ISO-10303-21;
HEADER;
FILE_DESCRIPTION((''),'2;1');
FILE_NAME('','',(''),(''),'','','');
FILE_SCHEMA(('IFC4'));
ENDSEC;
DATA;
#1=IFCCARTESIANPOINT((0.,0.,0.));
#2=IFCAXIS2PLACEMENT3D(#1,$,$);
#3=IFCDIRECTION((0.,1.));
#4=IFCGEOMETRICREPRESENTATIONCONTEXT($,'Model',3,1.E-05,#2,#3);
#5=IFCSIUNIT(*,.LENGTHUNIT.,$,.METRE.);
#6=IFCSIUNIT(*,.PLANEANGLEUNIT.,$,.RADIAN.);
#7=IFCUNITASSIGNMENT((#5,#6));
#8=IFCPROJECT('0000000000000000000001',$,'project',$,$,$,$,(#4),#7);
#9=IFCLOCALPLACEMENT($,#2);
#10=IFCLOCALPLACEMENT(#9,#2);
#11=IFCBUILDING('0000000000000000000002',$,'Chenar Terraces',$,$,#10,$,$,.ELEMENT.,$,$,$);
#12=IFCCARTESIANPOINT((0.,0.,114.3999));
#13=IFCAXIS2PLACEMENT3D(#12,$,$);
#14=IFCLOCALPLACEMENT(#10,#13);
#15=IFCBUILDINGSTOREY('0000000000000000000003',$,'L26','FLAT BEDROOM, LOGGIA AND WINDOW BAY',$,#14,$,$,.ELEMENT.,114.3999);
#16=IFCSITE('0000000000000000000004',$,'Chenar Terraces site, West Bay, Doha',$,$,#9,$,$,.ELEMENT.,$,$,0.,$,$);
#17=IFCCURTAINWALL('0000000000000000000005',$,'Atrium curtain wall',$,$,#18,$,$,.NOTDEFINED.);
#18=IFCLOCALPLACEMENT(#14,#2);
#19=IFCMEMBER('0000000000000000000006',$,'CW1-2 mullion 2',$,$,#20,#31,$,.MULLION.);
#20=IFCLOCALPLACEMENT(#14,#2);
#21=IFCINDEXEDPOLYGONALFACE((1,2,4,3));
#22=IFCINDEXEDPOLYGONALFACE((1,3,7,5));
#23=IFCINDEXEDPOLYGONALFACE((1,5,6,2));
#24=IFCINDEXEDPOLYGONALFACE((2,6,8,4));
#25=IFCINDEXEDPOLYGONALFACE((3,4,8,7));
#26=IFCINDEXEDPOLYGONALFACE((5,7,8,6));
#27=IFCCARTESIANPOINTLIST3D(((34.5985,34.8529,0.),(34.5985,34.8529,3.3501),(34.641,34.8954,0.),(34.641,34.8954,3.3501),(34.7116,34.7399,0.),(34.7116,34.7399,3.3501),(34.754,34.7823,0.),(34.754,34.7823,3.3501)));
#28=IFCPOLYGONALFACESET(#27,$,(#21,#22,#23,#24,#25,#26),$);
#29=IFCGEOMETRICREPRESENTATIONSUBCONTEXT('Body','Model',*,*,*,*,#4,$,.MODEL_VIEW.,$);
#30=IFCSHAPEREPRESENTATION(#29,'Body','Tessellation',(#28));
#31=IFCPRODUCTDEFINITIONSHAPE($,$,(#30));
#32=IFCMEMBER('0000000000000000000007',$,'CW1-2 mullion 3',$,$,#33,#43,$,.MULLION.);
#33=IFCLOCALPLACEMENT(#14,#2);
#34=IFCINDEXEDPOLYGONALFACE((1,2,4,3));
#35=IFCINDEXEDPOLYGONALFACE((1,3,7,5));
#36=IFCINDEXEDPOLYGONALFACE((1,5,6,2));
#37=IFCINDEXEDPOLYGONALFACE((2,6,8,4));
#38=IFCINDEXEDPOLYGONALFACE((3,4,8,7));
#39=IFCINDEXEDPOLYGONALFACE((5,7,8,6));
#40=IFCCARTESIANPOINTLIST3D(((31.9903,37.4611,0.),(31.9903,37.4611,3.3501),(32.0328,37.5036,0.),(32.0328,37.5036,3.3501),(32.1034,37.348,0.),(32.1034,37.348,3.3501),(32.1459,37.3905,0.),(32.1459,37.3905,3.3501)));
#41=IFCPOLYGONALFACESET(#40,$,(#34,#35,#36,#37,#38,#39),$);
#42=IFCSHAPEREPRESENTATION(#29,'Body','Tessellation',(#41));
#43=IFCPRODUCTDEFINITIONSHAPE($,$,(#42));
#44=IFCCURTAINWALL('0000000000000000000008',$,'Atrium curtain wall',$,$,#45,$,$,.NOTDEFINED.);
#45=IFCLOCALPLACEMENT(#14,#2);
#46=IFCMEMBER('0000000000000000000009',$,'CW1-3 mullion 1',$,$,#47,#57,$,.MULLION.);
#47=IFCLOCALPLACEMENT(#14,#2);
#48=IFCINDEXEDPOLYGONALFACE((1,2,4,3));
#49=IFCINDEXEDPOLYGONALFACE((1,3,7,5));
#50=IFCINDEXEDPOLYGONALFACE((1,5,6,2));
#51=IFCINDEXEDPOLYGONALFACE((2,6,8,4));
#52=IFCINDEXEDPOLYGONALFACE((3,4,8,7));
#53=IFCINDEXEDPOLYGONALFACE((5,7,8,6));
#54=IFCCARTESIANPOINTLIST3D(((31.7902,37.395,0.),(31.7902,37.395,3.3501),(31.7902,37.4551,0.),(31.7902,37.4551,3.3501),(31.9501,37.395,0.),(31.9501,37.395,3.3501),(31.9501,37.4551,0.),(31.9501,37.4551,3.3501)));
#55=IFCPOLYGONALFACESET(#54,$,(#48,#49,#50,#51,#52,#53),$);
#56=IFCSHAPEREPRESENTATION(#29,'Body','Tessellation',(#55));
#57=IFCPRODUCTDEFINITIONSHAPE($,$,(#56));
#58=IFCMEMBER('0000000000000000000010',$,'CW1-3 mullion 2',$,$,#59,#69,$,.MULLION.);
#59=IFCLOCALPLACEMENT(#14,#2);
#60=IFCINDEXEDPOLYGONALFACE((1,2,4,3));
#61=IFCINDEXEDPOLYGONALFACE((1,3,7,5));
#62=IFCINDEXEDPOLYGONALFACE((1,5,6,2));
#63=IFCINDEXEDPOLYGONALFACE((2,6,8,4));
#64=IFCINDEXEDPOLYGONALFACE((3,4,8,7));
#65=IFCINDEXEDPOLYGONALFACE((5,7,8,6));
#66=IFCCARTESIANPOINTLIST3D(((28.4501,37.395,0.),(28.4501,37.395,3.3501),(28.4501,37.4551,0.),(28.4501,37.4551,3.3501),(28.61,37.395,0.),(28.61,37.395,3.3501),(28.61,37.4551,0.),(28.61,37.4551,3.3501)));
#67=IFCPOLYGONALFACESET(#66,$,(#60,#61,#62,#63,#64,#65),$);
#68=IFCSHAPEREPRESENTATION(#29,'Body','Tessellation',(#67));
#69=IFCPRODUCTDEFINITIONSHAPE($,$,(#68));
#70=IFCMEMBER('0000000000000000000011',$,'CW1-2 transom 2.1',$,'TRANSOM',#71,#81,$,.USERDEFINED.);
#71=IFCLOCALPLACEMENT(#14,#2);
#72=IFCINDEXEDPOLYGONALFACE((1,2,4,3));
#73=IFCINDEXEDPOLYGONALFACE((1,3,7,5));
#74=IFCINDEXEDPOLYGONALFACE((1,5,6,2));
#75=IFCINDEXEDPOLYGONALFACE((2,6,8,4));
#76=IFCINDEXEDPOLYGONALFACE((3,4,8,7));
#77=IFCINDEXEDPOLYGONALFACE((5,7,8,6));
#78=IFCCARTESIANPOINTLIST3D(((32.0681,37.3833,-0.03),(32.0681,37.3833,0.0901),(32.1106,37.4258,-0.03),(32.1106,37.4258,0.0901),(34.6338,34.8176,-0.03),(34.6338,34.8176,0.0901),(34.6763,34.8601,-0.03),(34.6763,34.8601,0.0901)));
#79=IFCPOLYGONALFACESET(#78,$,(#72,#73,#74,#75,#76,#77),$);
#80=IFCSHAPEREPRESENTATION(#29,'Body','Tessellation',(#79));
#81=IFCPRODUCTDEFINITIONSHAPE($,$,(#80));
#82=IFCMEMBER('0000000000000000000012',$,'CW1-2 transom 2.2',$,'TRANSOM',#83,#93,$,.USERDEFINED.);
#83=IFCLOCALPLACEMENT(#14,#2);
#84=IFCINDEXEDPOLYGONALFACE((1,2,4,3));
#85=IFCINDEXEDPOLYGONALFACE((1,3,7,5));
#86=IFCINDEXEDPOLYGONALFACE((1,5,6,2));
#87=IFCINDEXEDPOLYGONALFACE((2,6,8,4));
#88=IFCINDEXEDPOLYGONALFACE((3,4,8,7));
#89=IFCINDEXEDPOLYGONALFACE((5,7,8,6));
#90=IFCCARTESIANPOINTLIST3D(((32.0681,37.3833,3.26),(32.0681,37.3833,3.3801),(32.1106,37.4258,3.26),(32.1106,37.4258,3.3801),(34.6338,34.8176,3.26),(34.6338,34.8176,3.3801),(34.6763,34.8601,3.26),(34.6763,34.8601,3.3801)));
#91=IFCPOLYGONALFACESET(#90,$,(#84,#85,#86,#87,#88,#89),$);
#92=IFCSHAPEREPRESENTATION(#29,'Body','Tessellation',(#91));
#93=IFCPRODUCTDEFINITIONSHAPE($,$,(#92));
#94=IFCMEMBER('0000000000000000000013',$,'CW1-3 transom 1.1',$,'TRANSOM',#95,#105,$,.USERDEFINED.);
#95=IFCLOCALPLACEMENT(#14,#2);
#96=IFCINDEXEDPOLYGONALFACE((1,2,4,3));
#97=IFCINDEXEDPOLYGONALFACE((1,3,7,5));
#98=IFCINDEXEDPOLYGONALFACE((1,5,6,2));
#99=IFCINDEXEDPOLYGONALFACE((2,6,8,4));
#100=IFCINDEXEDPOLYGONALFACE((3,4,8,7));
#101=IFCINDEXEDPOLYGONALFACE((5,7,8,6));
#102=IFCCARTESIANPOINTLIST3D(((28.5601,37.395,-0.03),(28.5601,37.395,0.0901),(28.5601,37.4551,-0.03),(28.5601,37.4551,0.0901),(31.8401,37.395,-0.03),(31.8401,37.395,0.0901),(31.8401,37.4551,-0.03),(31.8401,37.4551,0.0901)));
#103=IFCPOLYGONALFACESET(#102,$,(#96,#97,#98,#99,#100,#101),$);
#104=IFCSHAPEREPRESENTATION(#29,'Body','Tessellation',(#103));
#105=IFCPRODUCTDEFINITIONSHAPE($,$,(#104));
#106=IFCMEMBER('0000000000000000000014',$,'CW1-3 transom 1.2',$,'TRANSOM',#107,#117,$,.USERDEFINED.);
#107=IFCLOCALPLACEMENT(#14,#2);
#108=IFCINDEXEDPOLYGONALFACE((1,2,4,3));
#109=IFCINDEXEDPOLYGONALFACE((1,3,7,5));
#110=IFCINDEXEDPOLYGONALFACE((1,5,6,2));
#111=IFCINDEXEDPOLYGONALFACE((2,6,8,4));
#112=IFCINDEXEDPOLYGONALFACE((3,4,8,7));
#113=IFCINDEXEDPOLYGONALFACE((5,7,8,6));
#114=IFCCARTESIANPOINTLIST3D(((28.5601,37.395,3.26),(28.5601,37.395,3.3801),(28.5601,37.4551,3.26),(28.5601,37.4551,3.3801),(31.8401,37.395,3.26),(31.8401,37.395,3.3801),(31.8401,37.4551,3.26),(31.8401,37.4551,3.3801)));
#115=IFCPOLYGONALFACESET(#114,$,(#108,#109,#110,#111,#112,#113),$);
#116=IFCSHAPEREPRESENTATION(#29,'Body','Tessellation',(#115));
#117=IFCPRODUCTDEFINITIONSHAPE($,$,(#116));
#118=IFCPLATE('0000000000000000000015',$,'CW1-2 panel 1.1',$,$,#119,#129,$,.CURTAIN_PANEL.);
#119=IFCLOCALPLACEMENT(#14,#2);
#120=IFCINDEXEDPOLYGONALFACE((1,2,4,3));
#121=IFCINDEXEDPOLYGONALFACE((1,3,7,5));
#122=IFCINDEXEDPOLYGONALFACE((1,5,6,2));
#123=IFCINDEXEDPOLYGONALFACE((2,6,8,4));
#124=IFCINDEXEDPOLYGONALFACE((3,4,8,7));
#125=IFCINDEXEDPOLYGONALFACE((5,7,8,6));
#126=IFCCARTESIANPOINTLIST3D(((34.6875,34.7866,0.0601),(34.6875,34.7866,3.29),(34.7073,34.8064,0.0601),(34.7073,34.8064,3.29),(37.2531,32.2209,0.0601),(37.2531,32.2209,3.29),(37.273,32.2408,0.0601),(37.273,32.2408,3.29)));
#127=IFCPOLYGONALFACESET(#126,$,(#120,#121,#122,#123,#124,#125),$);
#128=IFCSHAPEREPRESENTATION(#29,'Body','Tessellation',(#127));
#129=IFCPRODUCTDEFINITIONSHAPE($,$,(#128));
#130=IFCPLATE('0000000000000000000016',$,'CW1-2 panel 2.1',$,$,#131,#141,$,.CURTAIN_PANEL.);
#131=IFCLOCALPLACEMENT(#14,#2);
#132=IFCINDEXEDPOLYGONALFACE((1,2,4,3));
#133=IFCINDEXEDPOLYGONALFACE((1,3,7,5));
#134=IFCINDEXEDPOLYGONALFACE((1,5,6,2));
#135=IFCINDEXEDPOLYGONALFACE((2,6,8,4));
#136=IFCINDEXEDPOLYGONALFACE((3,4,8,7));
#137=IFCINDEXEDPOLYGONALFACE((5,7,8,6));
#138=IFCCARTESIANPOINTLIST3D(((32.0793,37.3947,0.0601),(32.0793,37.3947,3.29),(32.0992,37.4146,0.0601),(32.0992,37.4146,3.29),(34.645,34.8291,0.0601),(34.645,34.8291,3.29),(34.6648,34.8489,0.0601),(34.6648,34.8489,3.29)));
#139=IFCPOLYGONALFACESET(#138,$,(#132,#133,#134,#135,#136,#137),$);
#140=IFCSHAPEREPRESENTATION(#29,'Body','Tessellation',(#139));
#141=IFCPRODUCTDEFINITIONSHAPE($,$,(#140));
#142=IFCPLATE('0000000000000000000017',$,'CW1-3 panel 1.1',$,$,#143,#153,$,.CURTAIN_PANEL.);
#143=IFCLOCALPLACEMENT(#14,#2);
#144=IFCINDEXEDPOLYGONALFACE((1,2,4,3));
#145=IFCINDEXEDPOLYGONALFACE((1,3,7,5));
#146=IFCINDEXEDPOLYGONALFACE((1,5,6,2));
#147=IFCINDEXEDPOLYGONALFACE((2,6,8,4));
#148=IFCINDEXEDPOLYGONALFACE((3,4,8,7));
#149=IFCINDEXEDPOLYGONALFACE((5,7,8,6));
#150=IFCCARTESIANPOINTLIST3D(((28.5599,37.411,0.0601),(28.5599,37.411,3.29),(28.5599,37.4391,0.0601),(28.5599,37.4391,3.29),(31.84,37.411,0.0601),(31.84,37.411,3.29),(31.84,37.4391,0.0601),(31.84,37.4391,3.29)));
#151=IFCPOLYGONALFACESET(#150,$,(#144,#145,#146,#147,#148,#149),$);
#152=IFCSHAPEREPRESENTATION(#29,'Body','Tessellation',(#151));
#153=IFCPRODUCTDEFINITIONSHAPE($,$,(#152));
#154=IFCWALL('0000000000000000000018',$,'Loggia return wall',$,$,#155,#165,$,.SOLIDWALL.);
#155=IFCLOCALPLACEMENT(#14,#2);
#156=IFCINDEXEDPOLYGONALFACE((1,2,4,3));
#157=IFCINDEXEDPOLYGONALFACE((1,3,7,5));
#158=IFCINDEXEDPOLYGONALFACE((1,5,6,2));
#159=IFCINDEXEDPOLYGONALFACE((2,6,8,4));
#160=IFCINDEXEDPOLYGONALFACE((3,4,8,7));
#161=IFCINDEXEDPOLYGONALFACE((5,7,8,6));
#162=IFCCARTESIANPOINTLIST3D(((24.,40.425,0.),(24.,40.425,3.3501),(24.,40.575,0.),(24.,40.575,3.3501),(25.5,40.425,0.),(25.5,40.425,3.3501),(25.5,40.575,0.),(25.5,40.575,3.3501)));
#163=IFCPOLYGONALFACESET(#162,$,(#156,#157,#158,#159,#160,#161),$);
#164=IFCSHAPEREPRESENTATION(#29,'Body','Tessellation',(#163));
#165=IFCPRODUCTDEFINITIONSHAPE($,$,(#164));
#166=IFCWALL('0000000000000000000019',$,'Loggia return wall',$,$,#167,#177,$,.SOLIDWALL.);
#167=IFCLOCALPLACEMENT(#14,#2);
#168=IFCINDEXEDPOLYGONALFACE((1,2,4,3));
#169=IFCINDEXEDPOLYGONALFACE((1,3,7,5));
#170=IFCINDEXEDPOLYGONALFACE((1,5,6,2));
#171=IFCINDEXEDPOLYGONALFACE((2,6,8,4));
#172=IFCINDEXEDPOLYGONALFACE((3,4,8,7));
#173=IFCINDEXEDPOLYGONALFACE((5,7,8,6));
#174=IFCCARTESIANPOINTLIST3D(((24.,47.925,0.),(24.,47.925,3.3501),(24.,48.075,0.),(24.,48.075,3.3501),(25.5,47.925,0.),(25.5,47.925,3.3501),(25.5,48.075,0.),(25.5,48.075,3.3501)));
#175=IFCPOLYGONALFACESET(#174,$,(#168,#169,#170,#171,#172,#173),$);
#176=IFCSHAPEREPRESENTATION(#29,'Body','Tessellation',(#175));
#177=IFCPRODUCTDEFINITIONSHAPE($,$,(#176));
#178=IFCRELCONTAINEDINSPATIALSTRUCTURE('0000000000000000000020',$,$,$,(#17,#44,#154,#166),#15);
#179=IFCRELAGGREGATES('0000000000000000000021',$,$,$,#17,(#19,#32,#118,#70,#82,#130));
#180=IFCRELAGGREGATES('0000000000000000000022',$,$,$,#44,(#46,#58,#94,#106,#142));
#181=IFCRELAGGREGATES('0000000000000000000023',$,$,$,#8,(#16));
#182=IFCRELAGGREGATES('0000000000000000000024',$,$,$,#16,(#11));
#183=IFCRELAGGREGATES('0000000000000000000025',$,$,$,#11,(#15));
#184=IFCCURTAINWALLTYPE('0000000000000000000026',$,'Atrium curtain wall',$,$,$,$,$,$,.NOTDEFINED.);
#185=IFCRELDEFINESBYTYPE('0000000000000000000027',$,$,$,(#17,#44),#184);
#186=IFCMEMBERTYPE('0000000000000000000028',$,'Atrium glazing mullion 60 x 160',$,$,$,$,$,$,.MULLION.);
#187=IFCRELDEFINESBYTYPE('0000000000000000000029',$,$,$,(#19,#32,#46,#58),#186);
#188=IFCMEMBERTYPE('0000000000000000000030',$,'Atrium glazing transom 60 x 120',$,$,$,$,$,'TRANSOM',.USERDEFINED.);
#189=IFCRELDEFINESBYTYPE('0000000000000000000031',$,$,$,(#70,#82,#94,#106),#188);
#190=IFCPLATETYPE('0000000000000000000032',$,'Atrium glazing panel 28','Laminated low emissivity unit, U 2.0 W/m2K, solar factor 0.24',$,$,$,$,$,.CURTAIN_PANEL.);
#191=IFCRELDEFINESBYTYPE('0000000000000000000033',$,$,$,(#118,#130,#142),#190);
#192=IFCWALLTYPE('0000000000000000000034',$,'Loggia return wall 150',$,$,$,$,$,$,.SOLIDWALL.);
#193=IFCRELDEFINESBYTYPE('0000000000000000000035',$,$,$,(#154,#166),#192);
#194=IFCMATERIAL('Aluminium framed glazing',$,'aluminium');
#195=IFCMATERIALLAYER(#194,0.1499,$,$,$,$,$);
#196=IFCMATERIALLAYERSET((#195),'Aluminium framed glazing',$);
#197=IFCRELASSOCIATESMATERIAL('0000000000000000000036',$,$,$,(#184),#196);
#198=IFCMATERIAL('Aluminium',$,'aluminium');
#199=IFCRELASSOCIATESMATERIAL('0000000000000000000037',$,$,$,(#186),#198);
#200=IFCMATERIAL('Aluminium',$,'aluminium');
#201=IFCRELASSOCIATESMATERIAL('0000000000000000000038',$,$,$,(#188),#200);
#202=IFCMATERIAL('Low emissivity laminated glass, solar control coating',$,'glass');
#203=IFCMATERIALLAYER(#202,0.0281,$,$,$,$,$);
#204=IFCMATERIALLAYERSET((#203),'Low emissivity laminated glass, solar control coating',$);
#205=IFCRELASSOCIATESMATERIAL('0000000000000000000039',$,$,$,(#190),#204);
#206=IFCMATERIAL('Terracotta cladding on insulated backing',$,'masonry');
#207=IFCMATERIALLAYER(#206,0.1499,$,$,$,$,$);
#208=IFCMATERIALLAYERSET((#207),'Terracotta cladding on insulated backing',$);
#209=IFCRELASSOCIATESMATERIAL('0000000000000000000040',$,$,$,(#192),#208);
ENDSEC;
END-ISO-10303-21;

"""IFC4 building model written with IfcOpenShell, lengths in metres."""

from ifc_helpers import new_model, si_unit, direction, frame, frame_2d, origin, origin_2d, place, context, subcontext, project, spatial, rectangle, extrude, material, layer, layer_set, material_profile, profile_set, type_object, element, aggregate, save


model = new_model("IFC4")

# Units and contexts
model_context = context("Model", 3, precision=1e-05, world=origin(), true_north=direction((0.0, 1.0)))
body_context = subcontext(model_context, "Body", "Model", "MODEL_VIEW")
ifc_project = project(units=[si_unit("LENGTHUNIT", "METRE"), si_unit("PLANEANGLEUNIT", "RADIAN")], contexts=[model_context])

# Site, building, storey
site_placement = place(None, origin())
site = spatial("IfcSite", under=ifc_project, at=site_placement, Name="Chenar Terraces site, West Bay, Doha", CompositionType="ELEMENT", RefElevation=0.0)
building_placement = place(site_placement, origin())
building = spatial("IfcBuilding", under=site, at=building_placement, Name="Chenar Terraces", CompositionType="ELEMENT")
storey_placement = place(building_placement, frame((0.0, 0.0, 114.3999)))
storey = spatial("IfcBuildingStorey", under=building, at=storey_placement, Name="L26", Description="FLAT BEDROOM, LOGGIA AND WINDOW BAY", CompositionType="ELEMENT", Elevation=114.3999)

# Curtain walls, members
ifc_material_1 = material(Name="Aluminium framed glazing", Category="aluminium")
ifc_layer_1 = layer(ifc_material_1, 0.1499)
ifc_layer_set_1 = layer_set([ifc_layer_1], Name="Aluminium framed glazing")
curtain_wall_type = type_object("IfcCurtainWallType", Name="Atrium curtain wall", PredefinedType="NOTDEFINED", material=ifc_layer_set_1)
placement = place(storey_placement, origin())
curtain_wall_1 = element("IfcCurtainWall", 1, at=placement, inside=storey, type_object=curtain_wall_type, Name="Atrium curtain wall", PredefinedType="NOTDEFINED")
ifc_material_2 = material(Name="Aluminium", Category="aluminium")
ifc_material_profile_1 = material_profile(ifc_material_2, rectangle(XDim=0.0601, YDim=0.1599, at=origin_2d()), Name="Atrium glazing mullion 60 x 160")
ifc_profile_set_1 = profile_set([ifc_material_profile_1], Name="Aluminium")
member_type_1 = type_object("IfcMemberType", Name="Atrium glazing mullion 60 x 160", PredefinedType="MULLION", material=ifc_profile_set_1)
member_1_placement = place(storey_placement, frame((34.6763, 34.8176, 0.0), z_axis=(0.0, 0.0, 1.0), x_axis=(-0.707107, -0.707107, 0.0)))
member_1 = element("IfcMember", 2, at=member_1_placement, type_object=member_type_1, Name="CW1-2 mullion 2", PredefinedType="MULLION", context=body_context, shape_type="SweptSolid", body=[
    extrude(rectangle(XDim=0.0601, YDim=0.1599, at=origin_2d()), origin(), (0.0, 0.0, 1.0), 3.3501),
])
member_2_placement = place(storey_placement, frame((32.0681, 37.4258, 0.0), z_axis=(0.0, 0.0, 1.0), x_axis=(-0.707107, -0.707107, 0.0)))
member_2 = element("IfcMember", 3, at=member_2_placement, type_object=member_type_1, Name="CW1-2 mullion 3", PredefinedType="MULLION", context=body_context, shape_type="SweptSolid", body=[
    extrude(rectangle(XDim=0.0601, YDim=0.1599, at=origin_2d()), origin(), (0.0, 0.0, 1.0), 3.3501),
])
curtain_wall_2 = element("IfcCurtainWall", 4, at=placement, inside=storey, type_object=curtain_wall_type, Name="Atrium curtain wall", PredefinedType="NOTDEFINED")
member_3_placement = place(storey_placement, frame((31.8701, 37.425, 0.0), z_axis=(0.0, 0.0, 1.0), x_axis=(0.0, -1.0, 0.0)))
member_3 = element("IfcMember", 5, at=member_3_placement, type_object=member_type_1, Name="CW1-3 mullion 1", PredefinedType="MULLION", context=body_context, shape_type="SweptSolid", body=[
    extrude(rectangle(XDim=0.0601, YDim=0.1599, at=origin_2d()), origin(), (0.0, 0.0, 1.0), 3.3501),
])
member_4_placement = place(storey_placement, frame((28.53, 37.425, 0.0), z_axis=(0.0, 0.0, 1.0), x_axis=(0.0, -1.0, 0.0)))
member_4 = element("IfcMember", 6, at=member_4_placement, type_object=member_type_1, Name="CW1-3 mullion 2", PredefinedType="MULLION", context=body_context, shape_type="SweptSolid", body=[
    extrude(rectangle(XDim=0.0601, YDim=0.1599, at=origin_2d()), origin(), (0.0, 0.0, 1.0), 3.3501),
])

# Members
ifc_material_3 = material(Name="Aluminium", Category="aluminium")
ifc_material_profile_2 = material_profile(ifc_material_3, rectangle(XDim=0.0601, YDim=0.1201, at=origin_2d()), Name="Atrium glazing transom 60 x 120")
ifc_profile_set_2 = profile_set([ifc_material_profile_2], Name="Aluminium")
member_type_2 = type_object("IfcMemberType", Name="Atrium glazing transom 60 x 120", ElementType="TRANSOM", PredefinedType="USERDEFINED", material=ifc_profile_set_2)
member_5_placement = place(storey_placement, frame((34.655, 34.8389, 0.03), z_axis=(-0.707107, 0.707107, 0.0), x_axis=(-0.707107, -0.707107, 0.0)))
member_5 = element("IfcMember", 7, at=member_5_placement, type_object=member_type_2, Name="CW1-2 transom 2.1", ObjectType="TRANSOM", PredefinedType="USERDEFINED", context=body_context, shape_type="SweptSolid", body=[
    extrude(rectangle(XDim=0.0601, YDim=0.1201, at=origin_2d()), origin(), (0.0, 0.0, 1.0), 3.6284),
])
member_6_placement = place(storey_placement, frame((34.655, 34.8389, 3.3201), z_axis=(-0.707107, 0.707107, 0.0), x_axis=(-0.707107, -0.707107, 0.0)))
member_6 = element("IfcMember", 8, at=member_6_placement, type_object=member_type_2, Name="CW1-2 transom 2.2", ObjectType="TRANSOM", PredefinedType="USERDEFINED", context=body_context, shape_type="SweptSolid", body=[
    extrude(rectangle(XDim=0.0601, YDim=0.1201, at=origin_2d()), origin(), (0.0, 0.0, 1.0), 3.6284),
])
member_7_placement = place(storey_placement, frame((31.8401, 37.425, 0.03), z_axis=(-1.0, 0.0, 0.0), x_axis=(0.0, -1.0, 0.0)))
member_7 = element("IfcMember", 9, at=member_7_placement, type_object=member_type_2, Name="CW1-3 transom 1.1", ObjectType="TRANSOM", PredefinedType="USERDEFINED", context=body_context, shape_type="SweptSolid", body=[
    extrude(rectangle(XDim=0.0601, YDim=0.1201, at=origin_2d()), origin(), (0.0, 0.0, 1.0), 3.28),
])
member_8_placement = place(storey_placement, frame((31.8401, 37.425, 3.3201), z_axis=(-1.0, 0.0, 0.0), x_axis=(0.0, -1.0, 0.0)))
member_8 = element("IfcMember", 10, at=member_8_placement, type_object=member_type_2, Name="CW1-3 transom 1.2", ObjectType="TRANSOM", PredefinedType="USERDEFINED", context=body_context, shape_type="SweptSolid", body=[
    extrude(rectangle(XDim=0.0601, YDim=0.1201, at=origin_2d()), origin(), (0.0, 0.0, 1.0), 3.28),
])

# Plates
ifc_material_4 = material(Name="Low emissivity laminated glass, solar control coating", Category="glass")
ifc_layer_2 = layer(ifc_material_4, 0.0281)
ifc_layer_set_2 = layer_set([ifc_layer_2], Name="Low emissivity laminated glass, solar control coating")
plate_type = type_object("IfcPlateType", Name="Atrium glazing panel 28", Description="Laminated low emissivity unit, U 2.0 W/m2K, solar factor 0.24", PredefinedType="CURTAIN_PANEL", material=ifc_layer_set_2)
plate_1_placement = place(storey_placement, frame((35.9802, 33.5137, 0.0601), z_axis=(0.0, 0.0, 1.0), x_axis=(-0.707107, 0.707107, 0.0)))
plate_1 = element("IfcPlate", 11, at=plate_1_placement, type_object=plate_type, Name="CW1-2 panel 1.1", PredefinedType="CURTAIN_PANEL", context=body_context, shape_type="SweptSolid", body=[
    extrude(rectangle(XDim=3.6284, YDim=0.0281, at=origin_2d()), origin(), (0.0, 0.0, 1.0), 3.23),
])
plate_2_placement = place(storey_placement, frame((33.3721, 36.1218, 0.0601), z_axis=(0.0, 0.0, 1.0), x_axis=(-0.707107, 0.707107, 0.0)))
plate_2 = element("IfcPlate", 12, at=plate_2_placement, type_object=plate_type, Name="CW1-2 panel 2.1", PredefinedType="CURTAIN_PANEL", context=body_context, shape_type="SweptSolid", body=[
    extrude(rectangle(XDim=3.6284, YDim=0.0281, at=origin_2d()), origin(), (0.0, 0.0, 1.0), 3.23),
])
aggregate(curtain_wall_1, [member_1, member_2, plate_1, member_5, member_6, plate_2])
plate_3_placement = place(storey_placement, frame((30.2, 37.425, 0.0601), z_axis=(0.0, 0.0, 1.0), x_axis=(-1.0, 0.0, 0.0)))
plate_3 = element("IfcPlate", 13, at=plate_3_placement, type_object=plate_type, Name="CW1-3 panel 1.1", PredefinedType="CURTAIN_PANEL", context=body_context, shape_type="SweptSolid", body=[
    extrude(rectangle(XDim=3.28, YDim=0.0281, at=origin_2d()), origin(), (0.0, 0.0, 1.0), 3.23),
])
aggregate(curtain_wall_2, [member_3, member_4, member_7, member_8, plate_3])

# Walls
ifc_material_5 = material(Name="Terracotta cladding on insulated backing", Category="masonry")
ifc_layer_3 = layer(ifc_material_5, 0.1499)
ifc_layer_set_3 = layer_set([ifc_layer_3], Name="Terracotta cladding on insulated backing")
wall_type_1 = type_object("IfcWallType", Name="Loggia return wall 150", PredefinedType="SOLIDWALL", material=ifc_layer_set_3)
for number, where, z_axis, x_axis, name in (
    (14, (25.5, 40.5, 0.0), (0.0, 0.0, 1.0), (-1.0, 0.0, 0.0), "Loggia return wall"),
    (15, (25.5, 48.0, 0.0), (0.0, 0.0, 1.0), (-1.0, 0.0, 0.0), "Loggia return wall"),
):
    element("IfcWall", number, at=place(storey_placement, frame(where, z_axis=z_axis, x_axis=x_axis)), inside=storey, type_object=wall_type_1, Name=name, PredefinedType="SOLIDWALL", context=body_context, shape_type="SweptSolid", body=[
        extrude(rectangle(XDim=1.5, YDim=0.1499, at=frame_2d((0.75, 0.0))), origin(), (0.0, 0.0, 1.0), 3.3501),
    ])

save(model, "model.ifc")
